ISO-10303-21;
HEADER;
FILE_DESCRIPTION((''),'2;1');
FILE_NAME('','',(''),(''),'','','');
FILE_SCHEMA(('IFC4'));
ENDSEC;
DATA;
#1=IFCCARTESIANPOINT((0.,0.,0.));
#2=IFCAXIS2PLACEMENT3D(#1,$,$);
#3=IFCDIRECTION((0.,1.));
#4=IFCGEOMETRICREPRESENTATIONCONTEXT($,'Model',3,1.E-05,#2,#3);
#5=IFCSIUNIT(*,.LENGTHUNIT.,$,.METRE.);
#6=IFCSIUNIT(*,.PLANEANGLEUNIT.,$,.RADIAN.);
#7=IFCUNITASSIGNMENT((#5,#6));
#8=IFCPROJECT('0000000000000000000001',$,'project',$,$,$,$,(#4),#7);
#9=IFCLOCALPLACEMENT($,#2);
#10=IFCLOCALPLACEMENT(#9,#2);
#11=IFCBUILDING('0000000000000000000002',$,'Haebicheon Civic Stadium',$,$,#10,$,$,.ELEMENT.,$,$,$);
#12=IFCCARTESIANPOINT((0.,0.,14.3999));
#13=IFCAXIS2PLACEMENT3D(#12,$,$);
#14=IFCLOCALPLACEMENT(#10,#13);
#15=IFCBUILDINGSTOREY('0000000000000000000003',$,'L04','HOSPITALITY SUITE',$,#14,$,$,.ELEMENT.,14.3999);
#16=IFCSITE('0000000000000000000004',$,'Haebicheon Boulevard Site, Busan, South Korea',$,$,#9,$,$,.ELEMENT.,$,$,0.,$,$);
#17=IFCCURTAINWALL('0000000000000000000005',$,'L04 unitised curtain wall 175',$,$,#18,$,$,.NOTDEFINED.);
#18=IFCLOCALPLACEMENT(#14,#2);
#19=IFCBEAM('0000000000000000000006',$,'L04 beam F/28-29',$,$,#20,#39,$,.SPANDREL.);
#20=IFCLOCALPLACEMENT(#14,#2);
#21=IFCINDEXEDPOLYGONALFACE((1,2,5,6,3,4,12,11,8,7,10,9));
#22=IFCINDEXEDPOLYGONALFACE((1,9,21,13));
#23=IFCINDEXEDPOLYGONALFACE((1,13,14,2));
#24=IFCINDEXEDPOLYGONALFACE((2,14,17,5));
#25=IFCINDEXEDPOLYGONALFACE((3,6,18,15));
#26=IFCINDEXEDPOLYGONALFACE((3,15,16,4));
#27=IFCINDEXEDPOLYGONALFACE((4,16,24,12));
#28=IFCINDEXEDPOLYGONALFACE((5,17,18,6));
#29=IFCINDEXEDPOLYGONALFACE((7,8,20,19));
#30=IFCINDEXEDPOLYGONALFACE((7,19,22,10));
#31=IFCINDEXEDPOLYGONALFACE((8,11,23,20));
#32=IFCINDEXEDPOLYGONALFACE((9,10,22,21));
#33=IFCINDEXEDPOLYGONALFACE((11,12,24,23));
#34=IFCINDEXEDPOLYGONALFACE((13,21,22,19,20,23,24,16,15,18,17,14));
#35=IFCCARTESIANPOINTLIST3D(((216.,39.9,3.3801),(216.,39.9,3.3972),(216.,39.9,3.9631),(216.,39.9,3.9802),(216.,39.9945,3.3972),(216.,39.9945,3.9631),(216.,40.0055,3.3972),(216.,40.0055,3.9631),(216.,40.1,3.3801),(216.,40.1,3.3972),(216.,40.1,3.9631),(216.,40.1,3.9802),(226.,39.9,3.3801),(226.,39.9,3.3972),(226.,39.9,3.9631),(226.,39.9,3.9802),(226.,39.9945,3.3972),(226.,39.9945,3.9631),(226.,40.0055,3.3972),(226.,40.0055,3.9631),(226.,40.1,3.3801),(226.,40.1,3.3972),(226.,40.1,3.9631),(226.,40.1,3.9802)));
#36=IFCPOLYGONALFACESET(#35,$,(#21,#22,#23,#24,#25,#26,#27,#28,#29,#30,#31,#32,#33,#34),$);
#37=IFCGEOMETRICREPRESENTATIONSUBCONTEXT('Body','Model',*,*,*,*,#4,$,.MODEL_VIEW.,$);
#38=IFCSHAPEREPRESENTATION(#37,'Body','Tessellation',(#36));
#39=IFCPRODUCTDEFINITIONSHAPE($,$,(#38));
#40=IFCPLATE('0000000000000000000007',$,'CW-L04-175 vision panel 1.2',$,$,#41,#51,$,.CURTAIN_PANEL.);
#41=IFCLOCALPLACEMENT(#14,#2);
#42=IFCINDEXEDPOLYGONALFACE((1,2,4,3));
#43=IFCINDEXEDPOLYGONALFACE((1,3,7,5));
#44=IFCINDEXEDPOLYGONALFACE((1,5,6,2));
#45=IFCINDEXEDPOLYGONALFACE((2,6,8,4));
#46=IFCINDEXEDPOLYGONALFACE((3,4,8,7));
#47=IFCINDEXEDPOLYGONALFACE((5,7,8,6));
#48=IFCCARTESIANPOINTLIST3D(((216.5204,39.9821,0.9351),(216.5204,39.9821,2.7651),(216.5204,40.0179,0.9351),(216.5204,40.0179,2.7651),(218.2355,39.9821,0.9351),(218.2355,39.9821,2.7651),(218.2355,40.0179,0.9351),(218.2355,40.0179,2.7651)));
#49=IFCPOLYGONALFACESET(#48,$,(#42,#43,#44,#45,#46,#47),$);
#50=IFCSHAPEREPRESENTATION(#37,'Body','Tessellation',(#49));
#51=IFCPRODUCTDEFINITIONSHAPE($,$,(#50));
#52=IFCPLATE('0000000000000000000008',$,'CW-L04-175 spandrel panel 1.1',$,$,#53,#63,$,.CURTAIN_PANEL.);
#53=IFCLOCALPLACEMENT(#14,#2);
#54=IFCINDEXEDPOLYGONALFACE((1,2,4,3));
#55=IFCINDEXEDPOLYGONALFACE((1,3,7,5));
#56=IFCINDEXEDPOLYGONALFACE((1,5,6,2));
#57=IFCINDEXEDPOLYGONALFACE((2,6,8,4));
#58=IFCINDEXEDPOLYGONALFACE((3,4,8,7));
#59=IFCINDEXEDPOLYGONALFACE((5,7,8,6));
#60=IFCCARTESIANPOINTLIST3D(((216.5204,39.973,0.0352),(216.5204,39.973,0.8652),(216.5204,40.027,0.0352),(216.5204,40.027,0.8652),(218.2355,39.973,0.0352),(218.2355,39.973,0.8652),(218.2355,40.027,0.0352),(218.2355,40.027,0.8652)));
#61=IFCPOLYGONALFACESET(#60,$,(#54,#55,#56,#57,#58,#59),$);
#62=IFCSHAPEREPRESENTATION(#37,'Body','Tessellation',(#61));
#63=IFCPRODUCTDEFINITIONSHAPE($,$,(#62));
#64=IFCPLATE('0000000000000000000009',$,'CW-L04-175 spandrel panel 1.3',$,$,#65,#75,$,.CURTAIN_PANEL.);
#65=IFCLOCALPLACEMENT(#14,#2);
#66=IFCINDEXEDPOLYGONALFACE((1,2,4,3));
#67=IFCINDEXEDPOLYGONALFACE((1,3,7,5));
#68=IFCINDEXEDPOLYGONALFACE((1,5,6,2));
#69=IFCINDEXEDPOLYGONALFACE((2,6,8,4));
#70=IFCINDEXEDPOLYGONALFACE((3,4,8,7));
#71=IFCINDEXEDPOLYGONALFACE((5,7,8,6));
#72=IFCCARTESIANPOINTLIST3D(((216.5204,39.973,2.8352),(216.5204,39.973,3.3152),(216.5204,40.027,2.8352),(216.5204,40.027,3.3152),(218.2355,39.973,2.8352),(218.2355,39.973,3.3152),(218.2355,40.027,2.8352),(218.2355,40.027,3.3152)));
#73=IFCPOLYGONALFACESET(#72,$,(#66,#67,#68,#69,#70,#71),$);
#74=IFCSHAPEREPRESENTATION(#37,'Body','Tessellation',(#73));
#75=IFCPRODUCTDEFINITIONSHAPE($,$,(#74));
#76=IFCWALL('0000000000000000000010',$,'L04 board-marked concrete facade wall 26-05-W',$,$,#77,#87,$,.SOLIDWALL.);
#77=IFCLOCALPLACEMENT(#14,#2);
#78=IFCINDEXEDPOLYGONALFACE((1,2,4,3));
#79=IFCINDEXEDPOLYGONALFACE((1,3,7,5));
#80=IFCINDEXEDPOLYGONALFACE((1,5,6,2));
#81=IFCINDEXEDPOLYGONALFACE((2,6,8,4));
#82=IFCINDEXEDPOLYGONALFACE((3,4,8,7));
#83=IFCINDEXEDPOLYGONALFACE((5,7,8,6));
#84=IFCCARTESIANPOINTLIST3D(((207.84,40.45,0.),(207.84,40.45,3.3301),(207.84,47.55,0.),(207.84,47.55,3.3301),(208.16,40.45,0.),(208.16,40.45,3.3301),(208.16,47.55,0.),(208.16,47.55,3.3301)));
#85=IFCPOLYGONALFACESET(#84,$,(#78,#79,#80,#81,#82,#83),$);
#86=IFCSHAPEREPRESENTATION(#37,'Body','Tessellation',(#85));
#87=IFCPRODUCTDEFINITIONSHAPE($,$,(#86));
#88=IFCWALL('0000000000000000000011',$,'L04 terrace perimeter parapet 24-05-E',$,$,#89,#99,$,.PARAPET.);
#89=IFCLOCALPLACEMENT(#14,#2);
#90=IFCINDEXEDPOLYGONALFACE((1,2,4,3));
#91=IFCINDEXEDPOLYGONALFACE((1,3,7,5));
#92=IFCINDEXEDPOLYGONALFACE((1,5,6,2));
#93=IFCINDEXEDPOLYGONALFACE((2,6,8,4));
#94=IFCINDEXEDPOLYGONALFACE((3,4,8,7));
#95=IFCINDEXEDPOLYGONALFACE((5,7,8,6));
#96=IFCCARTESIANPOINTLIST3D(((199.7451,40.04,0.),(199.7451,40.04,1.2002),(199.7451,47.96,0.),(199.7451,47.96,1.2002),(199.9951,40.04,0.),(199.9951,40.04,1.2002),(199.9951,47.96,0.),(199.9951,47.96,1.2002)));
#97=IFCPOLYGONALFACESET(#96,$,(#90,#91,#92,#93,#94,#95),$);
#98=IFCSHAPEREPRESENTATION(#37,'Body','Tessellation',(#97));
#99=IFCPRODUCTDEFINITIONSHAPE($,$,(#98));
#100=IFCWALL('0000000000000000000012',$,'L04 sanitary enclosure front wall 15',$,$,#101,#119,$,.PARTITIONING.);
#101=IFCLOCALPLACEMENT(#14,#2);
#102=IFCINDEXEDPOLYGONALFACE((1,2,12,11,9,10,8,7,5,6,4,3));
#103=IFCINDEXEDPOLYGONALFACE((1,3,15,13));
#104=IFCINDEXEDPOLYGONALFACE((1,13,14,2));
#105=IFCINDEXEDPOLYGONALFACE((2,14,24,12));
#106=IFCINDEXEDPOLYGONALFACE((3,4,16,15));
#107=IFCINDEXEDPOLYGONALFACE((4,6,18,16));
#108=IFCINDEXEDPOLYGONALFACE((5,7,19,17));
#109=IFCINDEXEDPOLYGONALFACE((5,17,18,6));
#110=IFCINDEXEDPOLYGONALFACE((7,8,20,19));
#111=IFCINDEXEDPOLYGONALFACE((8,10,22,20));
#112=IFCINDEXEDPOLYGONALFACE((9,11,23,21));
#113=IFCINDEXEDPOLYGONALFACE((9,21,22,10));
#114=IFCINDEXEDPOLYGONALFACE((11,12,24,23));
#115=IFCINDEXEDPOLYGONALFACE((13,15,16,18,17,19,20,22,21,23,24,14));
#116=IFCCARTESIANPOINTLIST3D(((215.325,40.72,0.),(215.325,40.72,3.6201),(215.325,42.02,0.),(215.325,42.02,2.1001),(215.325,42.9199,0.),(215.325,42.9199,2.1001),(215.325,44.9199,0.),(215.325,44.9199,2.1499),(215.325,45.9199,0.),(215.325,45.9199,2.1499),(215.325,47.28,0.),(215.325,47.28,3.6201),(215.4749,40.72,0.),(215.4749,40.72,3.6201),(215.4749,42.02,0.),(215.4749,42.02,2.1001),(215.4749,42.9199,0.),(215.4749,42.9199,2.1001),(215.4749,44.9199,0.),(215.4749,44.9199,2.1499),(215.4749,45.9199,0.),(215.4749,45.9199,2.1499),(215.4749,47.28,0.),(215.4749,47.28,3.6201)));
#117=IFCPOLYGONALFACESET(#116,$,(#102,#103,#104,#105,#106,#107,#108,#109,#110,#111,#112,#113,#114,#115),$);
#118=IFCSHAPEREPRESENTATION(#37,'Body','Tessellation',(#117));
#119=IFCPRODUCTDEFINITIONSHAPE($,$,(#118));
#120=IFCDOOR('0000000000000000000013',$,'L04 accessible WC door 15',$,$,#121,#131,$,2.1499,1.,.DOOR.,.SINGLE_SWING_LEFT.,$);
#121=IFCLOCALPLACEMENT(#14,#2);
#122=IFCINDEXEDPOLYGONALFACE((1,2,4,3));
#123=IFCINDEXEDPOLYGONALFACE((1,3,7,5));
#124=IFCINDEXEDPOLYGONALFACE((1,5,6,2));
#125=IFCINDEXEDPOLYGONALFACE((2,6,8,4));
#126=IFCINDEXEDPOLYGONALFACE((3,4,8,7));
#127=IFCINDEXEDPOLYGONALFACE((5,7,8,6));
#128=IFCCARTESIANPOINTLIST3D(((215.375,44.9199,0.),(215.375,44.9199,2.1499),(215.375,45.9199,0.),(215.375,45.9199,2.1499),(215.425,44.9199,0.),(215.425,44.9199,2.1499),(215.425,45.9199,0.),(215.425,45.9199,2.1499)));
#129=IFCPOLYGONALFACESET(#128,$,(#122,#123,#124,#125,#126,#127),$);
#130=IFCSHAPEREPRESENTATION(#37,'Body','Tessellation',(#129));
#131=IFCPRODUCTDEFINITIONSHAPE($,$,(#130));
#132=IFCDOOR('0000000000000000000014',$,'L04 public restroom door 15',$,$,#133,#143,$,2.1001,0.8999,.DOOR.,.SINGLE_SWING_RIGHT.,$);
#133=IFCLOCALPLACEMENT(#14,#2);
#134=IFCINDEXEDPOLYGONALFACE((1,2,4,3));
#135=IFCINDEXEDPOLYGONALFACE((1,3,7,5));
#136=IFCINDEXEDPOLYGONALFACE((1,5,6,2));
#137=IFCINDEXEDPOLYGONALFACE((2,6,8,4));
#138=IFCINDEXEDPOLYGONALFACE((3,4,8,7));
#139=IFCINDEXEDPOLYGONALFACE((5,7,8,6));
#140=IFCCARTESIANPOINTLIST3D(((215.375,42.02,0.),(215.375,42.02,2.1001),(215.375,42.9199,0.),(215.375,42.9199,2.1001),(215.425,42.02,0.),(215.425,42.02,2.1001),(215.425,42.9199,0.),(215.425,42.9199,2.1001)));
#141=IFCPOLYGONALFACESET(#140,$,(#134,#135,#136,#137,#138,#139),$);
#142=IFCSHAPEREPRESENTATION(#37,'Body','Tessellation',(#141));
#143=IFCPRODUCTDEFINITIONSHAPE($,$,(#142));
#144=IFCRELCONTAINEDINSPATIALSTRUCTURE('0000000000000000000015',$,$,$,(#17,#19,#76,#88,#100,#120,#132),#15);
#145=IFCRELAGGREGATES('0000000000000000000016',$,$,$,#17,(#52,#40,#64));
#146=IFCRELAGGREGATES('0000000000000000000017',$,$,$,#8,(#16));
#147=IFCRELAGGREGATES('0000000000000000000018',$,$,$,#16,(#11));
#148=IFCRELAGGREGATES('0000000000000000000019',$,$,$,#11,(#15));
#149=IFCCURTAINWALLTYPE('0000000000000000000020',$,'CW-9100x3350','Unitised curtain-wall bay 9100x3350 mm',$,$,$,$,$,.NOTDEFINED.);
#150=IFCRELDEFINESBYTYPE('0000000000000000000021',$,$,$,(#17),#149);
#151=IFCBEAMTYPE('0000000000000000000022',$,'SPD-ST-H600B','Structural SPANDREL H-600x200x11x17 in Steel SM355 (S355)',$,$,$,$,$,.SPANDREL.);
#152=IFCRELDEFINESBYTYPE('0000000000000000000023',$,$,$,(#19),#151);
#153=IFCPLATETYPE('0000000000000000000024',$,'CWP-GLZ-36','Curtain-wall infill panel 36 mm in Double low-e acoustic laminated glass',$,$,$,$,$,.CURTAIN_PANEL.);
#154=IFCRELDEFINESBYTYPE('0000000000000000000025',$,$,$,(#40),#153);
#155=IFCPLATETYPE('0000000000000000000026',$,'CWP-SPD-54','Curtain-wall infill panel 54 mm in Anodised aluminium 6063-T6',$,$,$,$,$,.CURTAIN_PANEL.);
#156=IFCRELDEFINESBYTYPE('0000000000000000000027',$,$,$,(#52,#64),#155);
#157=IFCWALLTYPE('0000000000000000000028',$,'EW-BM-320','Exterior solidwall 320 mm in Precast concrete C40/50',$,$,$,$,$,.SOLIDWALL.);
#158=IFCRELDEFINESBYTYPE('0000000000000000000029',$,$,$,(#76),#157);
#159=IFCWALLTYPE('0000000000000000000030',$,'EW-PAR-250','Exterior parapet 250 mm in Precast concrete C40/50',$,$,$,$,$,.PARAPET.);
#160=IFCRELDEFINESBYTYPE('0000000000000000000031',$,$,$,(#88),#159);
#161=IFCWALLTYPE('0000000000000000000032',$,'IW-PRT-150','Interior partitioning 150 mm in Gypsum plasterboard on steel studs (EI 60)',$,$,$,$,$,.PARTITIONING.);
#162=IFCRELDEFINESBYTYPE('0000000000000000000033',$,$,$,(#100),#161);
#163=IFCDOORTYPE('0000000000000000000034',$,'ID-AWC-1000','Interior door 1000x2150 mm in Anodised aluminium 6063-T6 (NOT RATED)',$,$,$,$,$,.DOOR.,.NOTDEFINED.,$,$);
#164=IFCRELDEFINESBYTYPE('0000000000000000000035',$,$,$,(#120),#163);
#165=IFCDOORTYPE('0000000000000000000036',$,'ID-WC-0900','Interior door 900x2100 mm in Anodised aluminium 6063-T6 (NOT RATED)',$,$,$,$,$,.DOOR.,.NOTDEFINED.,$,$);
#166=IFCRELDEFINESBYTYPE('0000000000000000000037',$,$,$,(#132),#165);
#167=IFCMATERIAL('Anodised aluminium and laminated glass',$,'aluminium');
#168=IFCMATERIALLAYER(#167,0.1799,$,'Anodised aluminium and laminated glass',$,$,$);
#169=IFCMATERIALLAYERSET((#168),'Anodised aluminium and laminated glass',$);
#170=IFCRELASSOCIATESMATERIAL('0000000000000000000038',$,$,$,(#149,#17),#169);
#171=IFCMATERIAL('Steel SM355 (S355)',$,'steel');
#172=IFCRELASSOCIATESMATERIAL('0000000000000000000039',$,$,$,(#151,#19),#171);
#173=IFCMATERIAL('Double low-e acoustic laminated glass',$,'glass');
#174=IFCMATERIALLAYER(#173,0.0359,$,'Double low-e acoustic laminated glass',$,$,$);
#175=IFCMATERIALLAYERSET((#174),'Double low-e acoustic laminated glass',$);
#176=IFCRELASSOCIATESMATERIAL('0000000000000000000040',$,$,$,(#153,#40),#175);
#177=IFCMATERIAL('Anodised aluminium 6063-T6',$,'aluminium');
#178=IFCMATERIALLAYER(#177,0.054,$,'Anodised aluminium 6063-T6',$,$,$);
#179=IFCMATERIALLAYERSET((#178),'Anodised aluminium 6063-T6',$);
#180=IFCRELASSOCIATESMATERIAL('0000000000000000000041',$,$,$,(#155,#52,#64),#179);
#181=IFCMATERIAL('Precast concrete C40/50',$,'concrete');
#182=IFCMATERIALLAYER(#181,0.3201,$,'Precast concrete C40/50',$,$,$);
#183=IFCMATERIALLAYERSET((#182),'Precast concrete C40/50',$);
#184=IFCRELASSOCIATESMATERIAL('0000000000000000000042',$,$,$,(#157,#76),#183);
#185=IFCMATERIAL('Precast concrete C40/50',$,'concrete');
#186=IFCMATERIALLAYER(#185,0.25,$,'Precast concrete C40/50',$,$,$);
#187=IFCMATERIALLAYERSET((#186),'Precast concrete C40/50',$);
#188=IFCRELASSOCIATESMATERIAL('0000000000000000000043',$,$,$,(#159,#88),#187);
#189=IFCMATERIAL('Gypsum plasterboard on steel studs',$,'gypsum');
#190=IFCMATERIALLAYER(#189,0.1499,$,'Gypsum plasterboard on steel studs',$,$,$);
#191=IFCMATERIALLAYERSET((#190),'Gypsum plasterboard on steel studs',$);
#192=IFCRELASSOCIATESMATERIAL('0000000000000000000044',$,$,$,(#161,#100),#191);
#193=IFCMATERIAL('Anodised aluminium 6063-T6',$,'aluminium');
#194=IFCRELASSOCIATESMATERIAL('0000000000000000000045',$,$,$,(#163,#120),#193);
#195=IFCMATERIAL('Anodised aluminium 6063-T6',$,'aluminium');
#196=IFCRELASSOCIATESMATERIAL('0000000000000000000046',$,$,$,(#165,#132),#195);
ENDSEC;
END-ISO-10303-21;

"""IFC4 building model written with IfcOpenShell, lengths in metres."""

from ifc_helpers import new_model, si_unit, direction, frame, frame_2d, origin, origin_2d, place, context, subcontext, project, spatial, rectangle, i_section, extrude, material, layer, layer_set, material_profile, profile_set, type_object, element, fill, aggregate, save


model = new_model("IFC4")

# Units and contexts
model_context = context("Model", 3, precision=1e-05, world=origin(), true_north=direction((0.0, 1.0)))
body_context = subcontext(model_context, "Body", "Model", "MODEL_VIEW")
ifc_project = project(units=[si_unit("LENGTHUNIT", "METRE"), si_unit("PLANEANGLEUNIT", "RADIAN")], contexts=[model_context])

# Site, building, storey
site_placement = place(None, origin())
site = spatial("IfcSite", under=ifc_project, at=site_placement, Name="Haebicheon Boulevard Site, Busan, South Korea", CompositionType="ELEMENT", RefElevation=0.0)
building_placement = place(site_placement, origin())
building = spatial("IfcBuilding", under=site, at=building_placement, Name="Haebicheon Civic Stadium", CompositionType="ELEMENT")
storey_placement = place(building_placement, frame((0.0, 0.0, 14.3999)))
storey = spatial("IfcBuildingStorey", under=building, at=storey_placement, Name="L04", Description="HOSPITALITY SUITE", CompositionType="ELEMENT", Elevation=14.3999)

# Curtain wall
ifc_material_1 = material(Name="Anodised aluminium and laminated glass", Category="aluminium")
ifc_layer_1 = layer(ifc_material_1, 0.1799, Name="Anodised aluminium and laminated glass")
ifc_layer_set_1 = layer_set([ifc_layer_1], Name="Anodised aluminium and laminated glass")
curtain_wall_type = type_object("IfcCurtainWallType", Name="CW-9100x3350", Description="Unitised curtain-wall bay 9100x3350 mm", PredefinedType="NOTDEFINED", material=ifc_layer_set_1)
curtain_wall_placement = place(storey_placement, origin())
curtain_wall = element("IfcCurtainWall", 1, at=curtain_wall_placement, inside=storey, type_object=curtain_wall_type, material=ifc_layer_set_1, Name="L04 unitised curtain wall 175", PredefinedType="NOTDEFINED")

# Beam
ifc_material_2 = material(Name="Steel SM355 (S355)", Category="steel")
ifc_material_profile_1 = material_profile(ifc_material_2, i_section(OverallWidth=0.2, OverallDepth=0.6001, WebThickness=0.011, FlangeThickness=0.0171, at=origin_2d()), Name="H-600x200x11x17")
ifc_profile_set_1 = profile_set([ifc_material_profile_1], Name="Steel SM355 (S355)")
beam_type_1 = type_object("IfcBeamType", Name="SPD-ST-H600B", Description="Structural SPANDREL H-600x200x11x17 in Steel SM355 (S355)", PredefinedType="SPANDREL", material=ifc_profile_set_1)
beam_1_placement = place(storey_placement, frame((216.0, 40.0, 3.6802), z_axis=(1.0, 0.0, 0.0), x_axis=(0.0, 1.0, 0.0)))
element("IfcBeam", 2, at=beam_1_placement, inside=storey, type_object=beam_type_1, material=ifc_profile_set_1, Name="L04 beam F/28-29", PredefinedType="SPANDREL", context=body_context, shape_type="SweptSolid", body=[
    extrude(i_section(OverallWidth=0.2, OverallDepth=0.6001, WebThickness=0.011, FlangeThickness=0.0171, at=origin_2d()), origin(), (0.0, 0.0, 1.0), 10.0),
])

# Plates
ifc_material_3 = material(Name="Double low-e acoustic laminated glass", Category="glass")
ifc_layer_2 = layer(ifc_material_3, 0.0359, Name="Double low-e acoustic laminated glass")
ifc_layer_set_2 = layer_set([ifc_layer_2], Name="Double low-e acoustic laminated glass")
plate_type_1 = type_object("IfcPlateType", Name="CWP-GLZ-36", Description="Curtain-wall infill panel 36 mm in Double low-e acoustic laminated glass", PredefinedType="CURTAIN_PANEL", material=ifc_layer_set_2)
plate_1_placement = place(storey_placement, frame((217.3779, 40.0, 0.9351), z_axis=(0.0, 0.0, 1.0), x_axis=(1.0, 0.0, 0.0)))
plate_1 = element("IfcPlate", 3, at=plate_1_placement, type_object=plate_type_1, material=ifc_layer_set_2, Name="CW-L04-175 vision panel 1.2", PredefinedType="CURTAIN_PANEL", context=body_context, shape_type="SweptSolid", body=[
    extrude(rectangle(XDim=1.7151, YDim=0.0359, at=origin_2d()), origin(), (0.0, 0.0, 1.0), 1.8301),
])
ifc_material_4 = material(Name="Anodised aluminium 6063-T6", Category="aluminium")
ifc_layer_3 = layer(ifc_material_4, 0.054, Name="Anodised aluminium 6063-T6")
ifc_layer_set_3 = layer_set([ifc_layer_3], Name="Anodised aluminium 6063-T6")
plate_type_2 = type_object("IfcPlateType", Name="CWP-SPD-54", Description="Curtain-wall infill panel 54 mm in Anodised aluminium 6063-T6", PredefinedType="CURTAIN_PANEL", material=ifc_layer_set_3)
plate_2_placement = place(storey_placement, frame((217.3779, 40.0, 0.0352), z_axis=(0.0, 0.0, 1.0), x_axis=(1.0, 0.0, 0.0)))
plate_2 = element("IfcPlate", 4, at=plate_2_placement, type_object=plate_type_2, material=ifc_layer_set_3, Name="CW-L04-175 spandrel panel 1.1", PredefinedType="CURTAIN_PANEL", context=body_context, shape_type="SweptSolid", body=[
    extrude(rectangle(XDim=1.7151, YDim=0.054, at=origin_2d()), origin(), (0.0, 0.0, 1.0), 0.8301),
])
plate_3_placement = place(storey_placement, frame((217.3779, 40.0, 2.8352), z_axis=(0.0, 0.0, 1.0), x_axis=(1.0, 0.0, 0.0)))
plate_3 = element("IfcPlate", 5, at=plate_3_placement, type_object=plate_type_2, material=ifc_layer_set_3, Name="CW-L04-175 spandrel panel 1.3", PredefinedType="CURTAIN_PANEL", context=body_context, shape_type="SweptSolid", body=[
    extrude(rectangle(XDim=1.7151, YDim=0.054, at=origin_2d()), origin(), (0.0, 0.0, 1.0), 0.48),
])
aggregate(curtain_wall, [plate_2, plate_1, plate_3])

# Walls
ifc_material_5 = material(Name="Precast concrete C40/50", Category="concrete")
ifc_layer_4 = layer(ifc_material_5, 0.3201, Name="Precast concrete C40/50")
ifc_layer_set_4 = layer_set([ifc_layer_4], Name="Precast concrete C40/50")
wall_type_1 = type_object("IfcWallType", Name="EW-BM-320", Description="Exterior solidwall 320 mm in Precast concrete C40/50", PredefinedType="SOLIDWALL", material=ifc_layer_set_4)
wall_1_placement = place(storey_placement, frame((208.0, 40.45, 0.0), z_axis=(0.0, 0.0, 1.0), x_axis=(0.0, 1.0, 0.0)))
element("IfcWall", 6, at=wall_1_placement, inside=storey, type_object=wall_type_1, material=ifc_layer_set_4, Name="L04 board-marked concrete facade wall 26-05-W", PredefinedType="SOLIDWALL", context=body_context, shape_type="SweptSolid", body=[
    extrude(rectangle(XDim=7.1001, YDim=0.3201, at=frame_2d((3.55, 0.0))), origin(), (0.0, 0.0, 1.0), 3.3301),
])
ifc_material_6 = material(Name="Precast concrete C40/50", Category="concrete")
ifc_layer_5 = layer(ifc_material_6, 0.25, Name="Precast concrete C40/50")
ifc_layer_set_5 = layer_set([ifc_layer_5], Name="Precast concrete C40/50")
wall_type_2 = type_object("IfcWallType", Name="EW-PAR-250", Description="Exterior parapet 250 mm in Precast concrete C40/50", PredefinedType="PARAPET", material=ifc_layer_set_5)
wall_2_placement = place(storey_placement, frame((199.8701, 40.04, 0.0), z_axis=(0.0, 0.0, 1.0), x_axis=(0.0, 1.0, 0.0)))
element("IfcWall", 7, at=wall_2_placement, inside=storey, type_object=wall_type_2, material=ifc_layer_set_5, Name="L04 terrace perimeter parapet 24-05-E", PredefinedType="PARAPET", context=body_context, shape_type="SweptSolid", body=[
    extrude(rectangle(XDim=7.9199, YDim=0.25, at=frame_2d((3.96, 0.0))), origin(), (0.0, 0.0, 1.0), 1.2002),
])

# Wall, openings, doors
ifc_material_7 = material(Name="Gypsum plasterboard on steel studs", Category="gypsum")
ifc_layer_6 = layer(ifc_material_7, 0.1499, Name="Gypsum plasterboard on steel studs")
ifc_layer_set_6 = layer_set([ifc_layer_6], Name="Gypsum plasterboard on steel studs")
wall_type_3 = type_object("IfcWallType", Name="IW-PRT-150", Description="Interior partitioning 150 mm in Gypsum plasterboard on steel studs (EI 60)", PredefinedType="PARTITIONING", material=ifc_layer_set_6)
wall_3_placement = place(storey_placement, frame((215.3999, 40.72, 0.0), z_axis=(0.0, 0.0, 1.0), x_axis=(0.0, 1.0, 0.0)))
wall_3 = element("IfcWall", 8, at=wall_3_placement, inside=storey, type_object=wall_type_3, material=ifc_layer_set_6, Name="L04 sanitary enclosure front wall 15", PredefinedType="PARTITIONING", context=body_context, shape_type="SweptSolid", body=[
    extrude(rectangle(XDim=6.5601, YDim=0.1499, at=frame_2d((3.28, 0.0))), origin(), (0.0, 0.0, 1.0), 3.6201),
])
opening_1_placement = place(wall_3_placement, frame((1.3, 0.0, 0.0)))
opening_1 = element("IfcOpeningElement", 9, at=opening_1_placement, cuts=wall_3, PredefinedType="OPENING", context=body_context, shape_type="SweptSolid", body=[
    extrude(rectangle(XDim=0.8999, YDim=2.1001, at=frame_2d((0.45, 1.05))), frame((0.0, 0.085, 0.0), z_axis=(0.0, -1.0, 0.0), x_axis=(1.0, 0.0, 0.0)), (0.0, 0.0, 1.0), 0.1699),
])
opening_2_placement = place(wall_3_placement, frame((4.2, 0.0, 0.0)))
opening_2 = element("IfcOpeningElement", 10, at=opening_2_placement, cuts=wall_3, PredefinedType="OPENING", context=body_context, shape_type="SweptSolid", body=[
    extrude(rectangle(XDim=1.0, YDim=2.1499, at=frame_2d((0.5, 1.075))), frame((0.0, 0.085, 0.0), z_axis=(0.0, -1.0, 0.0), x_axis=(1.0, 0.0, 0.0)), (0.0, 0.0, 1.0), 0.1699),
])
ifc_material_8 = material(Name="Anodised aluminium 6063-T6", Category="aluminium")
door_type_1 = type_object("IfcDoorType", Name="ID-AWC-1000", Description="Interior door 1000x2150 mm in Anodised aluminium 6063-T6 (NOT RATED)", OperationType="NOTDEFINED", PredefinedType="DOOR", material=ifc_material_8)
door_1_placement = place(opening_2_placement, origin())
door_1 = element("IfcDoor", 11, at=door_1_placement, inside=storey, type_object=door_type_1, material=ifc_material_8, Name="L04 accessible WC door 15", OperationType="SINGLE_SWING_LEFT", OverallHeight=2.1499, OverallWidth=1.0, PredefinedType="DOOR", context=body_context, shape_type="SweptSolid", body=[
    extrude(rectangle(XDim=1.0, YDim=2.1499, at=frame_2d((0.5, 1.075))), frame((0.0, 0.0249, 0.0), z_axis=(0.0, -1.0, 0.0), x_axis=(1.0, 0.0, 0.0)), (0.0, 0.0, 1.0), 0.05),
])
fill(opening_2, door_1)
ifc_material_9 = material(Name="Anodised aluminium 6063-T6", Category="aluminium")
door_type_2 = type_object("IfcDoorType", Name="ID-WC-0900", Description="Interior door 900x2100 mm in Anodised aluminium 6063-T6 (NOT RATED)", OperationType="NOTDEFINED", PredefinedType="DOOR", material=ifc_material_9)
door_2_placement = place(opening_1_placement, origin())
door_2 = element("IfcDoor", 12, at=door_2_placement, inside=storey, type_object=door_type_2, material=ifc_material_9, Name="L04 public restroom door 15", OperationType="SINGLE_SWING_RIGHT", OverallHeight=2.1001, OverallWidth=0.8999, PredefinedType="DOOR", context=body_context, shape_type="SweptSolid", body=[
    extrude(rectangle(XDim=0.8999, YDim=2.1001, at=frame_2d((0.45, 1.05))), frame((0.0, 0.0249, 0.0), z_axis=(0.0, -1.0, 0.0), x_axis=(1.0, 0.0, 0.0)), (0.0, 0.0, 1.0), 0.05),
])
fill(opening_1, door_2)

save(model, "model.ifc")
